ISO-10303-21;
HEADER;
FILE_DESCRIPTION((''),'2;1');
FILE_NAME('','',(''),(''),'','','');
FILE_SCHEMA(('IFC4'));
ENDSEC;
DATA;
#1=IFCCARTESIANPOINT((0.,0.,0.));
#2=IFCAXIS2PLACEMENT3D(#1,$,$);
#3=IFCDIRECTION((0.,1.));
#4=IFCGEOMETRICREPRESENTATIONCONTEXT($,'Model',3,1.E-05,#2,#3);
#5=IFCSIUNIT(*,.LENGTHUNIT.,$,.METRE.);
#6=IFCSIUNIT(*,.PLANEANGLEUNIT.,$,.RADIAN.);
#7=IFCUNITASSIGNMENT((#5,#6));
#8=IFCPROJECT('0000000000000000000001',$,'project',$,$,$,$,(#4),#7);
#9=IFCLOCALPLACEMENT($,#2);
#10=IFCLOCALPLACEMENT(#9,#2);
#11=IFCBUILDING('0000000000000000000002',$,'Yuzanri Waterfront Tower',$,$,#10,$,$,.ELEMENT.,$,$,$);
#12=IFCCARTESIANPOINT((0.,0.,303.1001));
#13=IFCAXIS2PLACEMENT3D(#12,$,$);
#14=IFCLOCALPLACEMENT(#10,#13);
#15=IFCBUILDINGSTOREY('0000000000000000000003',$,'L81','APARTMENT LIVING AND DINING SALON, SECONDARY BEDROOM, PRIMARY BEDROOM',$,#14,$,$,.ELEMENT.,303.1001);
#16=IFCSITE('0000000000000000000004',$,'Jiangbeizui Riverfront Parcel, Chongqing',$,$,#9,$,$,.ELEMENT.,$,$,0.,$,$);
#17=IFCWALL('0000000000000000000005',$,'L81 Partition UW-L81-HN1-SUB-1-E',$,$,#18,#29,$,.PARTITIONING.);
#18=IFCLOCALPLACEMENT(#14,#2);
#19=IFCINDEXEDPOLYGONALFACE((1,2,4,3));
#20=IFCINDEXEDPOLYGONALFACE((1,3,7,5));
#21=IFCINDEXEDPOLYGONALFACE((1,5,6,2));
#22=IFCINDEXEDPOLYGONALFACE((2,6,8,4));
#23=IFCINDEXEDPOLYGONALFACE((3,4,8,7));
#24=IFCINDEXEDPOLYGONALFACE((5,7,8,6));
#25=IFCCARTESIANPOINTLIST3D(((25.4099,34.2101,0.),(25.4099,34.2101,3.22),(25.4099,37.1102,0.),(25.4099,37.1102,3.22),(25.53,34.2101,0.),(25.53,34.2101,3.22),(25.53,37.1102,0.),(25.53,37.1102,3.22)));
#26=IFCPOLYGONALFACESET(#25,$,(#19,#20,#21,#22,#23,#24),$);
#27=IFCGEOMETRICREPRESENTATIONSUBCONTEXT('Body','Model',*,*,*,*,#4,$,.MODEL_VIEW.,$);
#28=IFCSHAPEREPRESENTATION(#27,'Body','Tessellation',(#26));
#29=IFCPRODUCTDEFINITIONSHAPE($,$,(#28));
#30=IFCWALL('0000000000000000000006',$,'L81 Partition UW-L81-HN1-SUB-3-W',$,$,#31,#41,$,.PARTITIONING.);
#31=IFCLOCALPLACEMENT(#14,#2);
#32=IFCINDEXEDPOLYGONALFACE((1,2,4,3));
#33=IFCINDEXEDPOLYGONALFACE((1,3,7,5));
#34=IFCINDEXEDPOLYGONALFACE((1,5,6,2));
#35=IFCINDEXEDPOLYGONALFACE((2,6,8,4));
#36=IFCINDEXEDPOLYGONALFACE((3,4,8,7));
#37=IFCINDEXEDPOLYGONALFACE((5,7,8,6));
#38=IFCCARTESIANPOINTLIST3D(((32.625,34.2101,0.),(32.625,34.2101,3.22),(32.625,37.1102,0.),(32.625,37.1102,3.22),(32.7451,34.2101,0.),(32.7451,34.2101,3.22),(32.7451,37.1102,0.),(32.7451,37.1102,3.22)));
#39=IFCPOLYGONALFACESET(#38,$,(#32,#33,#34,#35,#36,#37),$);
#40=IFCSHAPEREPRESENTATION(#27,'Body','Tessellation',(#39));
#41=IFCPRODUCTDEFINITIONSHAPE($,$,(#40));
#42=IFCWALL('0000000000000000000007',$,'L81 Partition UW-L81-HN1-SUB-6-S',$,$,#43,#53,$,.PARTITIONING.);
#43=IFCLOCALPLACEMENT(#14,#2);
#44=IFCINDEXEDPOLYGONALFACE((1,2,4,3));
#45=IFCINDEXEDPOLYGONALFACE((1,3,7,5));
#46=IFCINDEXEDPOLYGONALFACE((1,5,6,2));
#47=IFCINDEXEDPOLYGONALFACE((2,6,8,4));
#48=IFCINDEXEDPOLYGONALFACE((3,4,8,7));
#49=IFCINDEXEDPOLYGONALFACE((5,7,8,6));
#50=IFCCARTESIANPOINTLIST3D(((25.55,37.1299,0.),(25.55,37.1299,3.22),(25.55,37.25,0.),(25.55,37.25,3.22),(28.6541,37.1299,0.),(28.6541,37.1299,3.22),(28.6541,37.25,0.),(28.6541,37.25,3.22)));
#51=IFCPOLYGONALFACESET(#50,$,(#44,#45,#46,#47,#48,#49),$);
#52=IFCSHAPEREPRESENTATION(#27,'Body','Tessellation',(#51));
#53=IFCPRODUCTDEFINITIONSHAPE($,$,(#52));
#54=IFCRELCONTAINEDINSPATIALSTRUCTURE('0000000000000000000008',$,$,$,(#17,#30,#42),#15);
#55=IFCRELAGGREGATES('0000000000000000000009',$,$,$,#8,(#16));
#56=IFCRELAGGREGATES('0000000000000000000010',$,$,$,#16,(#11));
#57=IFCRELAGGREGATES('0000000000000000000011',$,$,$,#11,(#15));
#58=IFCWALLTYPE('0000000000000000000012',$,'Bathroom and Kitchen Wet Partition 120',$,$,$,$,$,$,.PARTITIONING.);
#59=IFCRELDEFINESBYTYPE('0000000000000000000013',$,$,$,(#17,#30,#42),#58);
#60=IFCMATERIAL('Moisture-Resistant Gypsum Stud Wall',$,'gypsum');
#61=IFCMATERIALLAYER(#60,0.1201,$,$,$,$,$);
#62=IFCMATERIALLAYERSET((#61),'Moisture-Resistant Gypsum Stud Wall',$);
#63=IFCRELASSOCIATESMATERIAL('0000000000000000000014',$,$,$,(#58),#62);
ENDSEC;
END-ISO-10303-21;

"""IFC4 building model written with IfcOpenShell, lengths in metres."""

from ifc_helpers import new_model, si_unit, direction, frame, frame_2d, origin, place, context, subcontext, project, spatial, rectangle, extrude, source, transform, mapped, material, layer, layer_set, type_object, element, save


model = new_model("IFC4")

# Units and contexts
model_context = context("Model", 3, precision=1e-05, world=origin(), true_north=direction((0.0, 1.0)))
body_context = subcontext(model_context, "Body", "Model", "MODEL_VIEW")
ifc_project = project(units=[si_unit("LENGTHUNIT", "METRE"), si_unit("PLANEANGLEUNIT", "RADIAN")], contexts=[model_context])

# Site, building, storey
site_placement = place(None, origin())
site = spatial("IfcSite", under=ifc_project, at=site_placement, Name="Jiangbeizui Riverfront Parcel, Chongqing", CompositionType="ELEMENT", RefElevation=0.0)
building_placement = place(site_placement, origin())
building = spatial("IfcBuilding", under=site, at=building_placement, Name="Yuzanri Waterfront Tower", CompositionType="ELEMENT")
storey_placement = place(building_placement, frame((0.0, 0.0, 303.1001)))
storey = spatial("IfcBuildingStorey", under=building, at=storey_placement, Name="L81", Description="APARTMENT LIVING AND DINING SALON, SECONDARY BEDROOM, PRIMARY BEDROOM", CompositionType="ELEMENT", Elevation=303.1001)

# Shared definitions
ifc_material_1 = material(Name="Moisture-Resistant Gypsum Stud Wall", Category="gypsum")
ifc_layer_1 = layer(ifc_material_1, 0.1201)
ifc_layer_set_1 = layer_set([ifc_layer_1], Name="Moisture-Resistant Gypsum Stud Wall")
wall_type = type_object("IfcWallType", Name="Bathroom and Kitchen Wet Partition 120", PredefinedType="PARTITIONING", material=ifc_layer_set_1)

# Walls
shared_shape_1 = source(origin(), body_context, "Body", "SweptSolid", [
    extrude(rectangle(XDim=2.9001, YDim=0.1201, at=frame_2d((1.4502, 0.0))), origin(), (0.0, 0.0, 1.0), 3.22),
])
for number, where, z_axis, x_axis, name in (
    (1, (25.47, 34.21, 0.0), (0.0, 0.0, 1.0), (0.0, 1.0, 0.0), "L81 Partition UW-L81-HN1-SUB-1-E"),
    (2, (32.6851, 34.21, 0.0), (0.0, 0.0, 1.0), (0.0, 1.0, 0.0), "L81 Partition UW-L81-HN1-SUB-3-W"),
):
    element("IfcWall", number, at=place(storey_placement, frame(where, z_axis=z_axis, x_axis=x_axis)), inside=storey, type_object=wall_type, Name=name, PredefinedType="PARTITIONING", context=body_context, shape_type="MappedRepresentation", body=[
        mapped(shared_shape_1, transform((0.0, 0.0, 0.0), scale=1.0)),
    ])
shared_shape_2 = source(origin(), body_context, "Body", "SweptSolid", [
    extrude(rectangle(XDim=3.104, YDim=0.1201, at=frame_2d((1.552, 0.0))), origin(), (0.0, 0.0, 1.0), 3.22),
])
wall_1_placement = place(storey_placement, frame((25.55, 37.1899, 0.0), z_axis=(0.0, 0.0, 1.0), x_axis=(1.0, 0.0, 0.0)))
element("IfcWall", 3, at=wall_1_placement, inside=storey, type_object=wall_type, Name="L81 Partition UW-L81-HN1-SUB-6-S", PredefinedType="PARTITIONING", context=body_context, shape_type="MappedRepresentation", body=[
    mapped(shared_shape_2, transform((0.0, 0.0, 0.0), scale=1.0)),
])

save(model, "model.ifc")
